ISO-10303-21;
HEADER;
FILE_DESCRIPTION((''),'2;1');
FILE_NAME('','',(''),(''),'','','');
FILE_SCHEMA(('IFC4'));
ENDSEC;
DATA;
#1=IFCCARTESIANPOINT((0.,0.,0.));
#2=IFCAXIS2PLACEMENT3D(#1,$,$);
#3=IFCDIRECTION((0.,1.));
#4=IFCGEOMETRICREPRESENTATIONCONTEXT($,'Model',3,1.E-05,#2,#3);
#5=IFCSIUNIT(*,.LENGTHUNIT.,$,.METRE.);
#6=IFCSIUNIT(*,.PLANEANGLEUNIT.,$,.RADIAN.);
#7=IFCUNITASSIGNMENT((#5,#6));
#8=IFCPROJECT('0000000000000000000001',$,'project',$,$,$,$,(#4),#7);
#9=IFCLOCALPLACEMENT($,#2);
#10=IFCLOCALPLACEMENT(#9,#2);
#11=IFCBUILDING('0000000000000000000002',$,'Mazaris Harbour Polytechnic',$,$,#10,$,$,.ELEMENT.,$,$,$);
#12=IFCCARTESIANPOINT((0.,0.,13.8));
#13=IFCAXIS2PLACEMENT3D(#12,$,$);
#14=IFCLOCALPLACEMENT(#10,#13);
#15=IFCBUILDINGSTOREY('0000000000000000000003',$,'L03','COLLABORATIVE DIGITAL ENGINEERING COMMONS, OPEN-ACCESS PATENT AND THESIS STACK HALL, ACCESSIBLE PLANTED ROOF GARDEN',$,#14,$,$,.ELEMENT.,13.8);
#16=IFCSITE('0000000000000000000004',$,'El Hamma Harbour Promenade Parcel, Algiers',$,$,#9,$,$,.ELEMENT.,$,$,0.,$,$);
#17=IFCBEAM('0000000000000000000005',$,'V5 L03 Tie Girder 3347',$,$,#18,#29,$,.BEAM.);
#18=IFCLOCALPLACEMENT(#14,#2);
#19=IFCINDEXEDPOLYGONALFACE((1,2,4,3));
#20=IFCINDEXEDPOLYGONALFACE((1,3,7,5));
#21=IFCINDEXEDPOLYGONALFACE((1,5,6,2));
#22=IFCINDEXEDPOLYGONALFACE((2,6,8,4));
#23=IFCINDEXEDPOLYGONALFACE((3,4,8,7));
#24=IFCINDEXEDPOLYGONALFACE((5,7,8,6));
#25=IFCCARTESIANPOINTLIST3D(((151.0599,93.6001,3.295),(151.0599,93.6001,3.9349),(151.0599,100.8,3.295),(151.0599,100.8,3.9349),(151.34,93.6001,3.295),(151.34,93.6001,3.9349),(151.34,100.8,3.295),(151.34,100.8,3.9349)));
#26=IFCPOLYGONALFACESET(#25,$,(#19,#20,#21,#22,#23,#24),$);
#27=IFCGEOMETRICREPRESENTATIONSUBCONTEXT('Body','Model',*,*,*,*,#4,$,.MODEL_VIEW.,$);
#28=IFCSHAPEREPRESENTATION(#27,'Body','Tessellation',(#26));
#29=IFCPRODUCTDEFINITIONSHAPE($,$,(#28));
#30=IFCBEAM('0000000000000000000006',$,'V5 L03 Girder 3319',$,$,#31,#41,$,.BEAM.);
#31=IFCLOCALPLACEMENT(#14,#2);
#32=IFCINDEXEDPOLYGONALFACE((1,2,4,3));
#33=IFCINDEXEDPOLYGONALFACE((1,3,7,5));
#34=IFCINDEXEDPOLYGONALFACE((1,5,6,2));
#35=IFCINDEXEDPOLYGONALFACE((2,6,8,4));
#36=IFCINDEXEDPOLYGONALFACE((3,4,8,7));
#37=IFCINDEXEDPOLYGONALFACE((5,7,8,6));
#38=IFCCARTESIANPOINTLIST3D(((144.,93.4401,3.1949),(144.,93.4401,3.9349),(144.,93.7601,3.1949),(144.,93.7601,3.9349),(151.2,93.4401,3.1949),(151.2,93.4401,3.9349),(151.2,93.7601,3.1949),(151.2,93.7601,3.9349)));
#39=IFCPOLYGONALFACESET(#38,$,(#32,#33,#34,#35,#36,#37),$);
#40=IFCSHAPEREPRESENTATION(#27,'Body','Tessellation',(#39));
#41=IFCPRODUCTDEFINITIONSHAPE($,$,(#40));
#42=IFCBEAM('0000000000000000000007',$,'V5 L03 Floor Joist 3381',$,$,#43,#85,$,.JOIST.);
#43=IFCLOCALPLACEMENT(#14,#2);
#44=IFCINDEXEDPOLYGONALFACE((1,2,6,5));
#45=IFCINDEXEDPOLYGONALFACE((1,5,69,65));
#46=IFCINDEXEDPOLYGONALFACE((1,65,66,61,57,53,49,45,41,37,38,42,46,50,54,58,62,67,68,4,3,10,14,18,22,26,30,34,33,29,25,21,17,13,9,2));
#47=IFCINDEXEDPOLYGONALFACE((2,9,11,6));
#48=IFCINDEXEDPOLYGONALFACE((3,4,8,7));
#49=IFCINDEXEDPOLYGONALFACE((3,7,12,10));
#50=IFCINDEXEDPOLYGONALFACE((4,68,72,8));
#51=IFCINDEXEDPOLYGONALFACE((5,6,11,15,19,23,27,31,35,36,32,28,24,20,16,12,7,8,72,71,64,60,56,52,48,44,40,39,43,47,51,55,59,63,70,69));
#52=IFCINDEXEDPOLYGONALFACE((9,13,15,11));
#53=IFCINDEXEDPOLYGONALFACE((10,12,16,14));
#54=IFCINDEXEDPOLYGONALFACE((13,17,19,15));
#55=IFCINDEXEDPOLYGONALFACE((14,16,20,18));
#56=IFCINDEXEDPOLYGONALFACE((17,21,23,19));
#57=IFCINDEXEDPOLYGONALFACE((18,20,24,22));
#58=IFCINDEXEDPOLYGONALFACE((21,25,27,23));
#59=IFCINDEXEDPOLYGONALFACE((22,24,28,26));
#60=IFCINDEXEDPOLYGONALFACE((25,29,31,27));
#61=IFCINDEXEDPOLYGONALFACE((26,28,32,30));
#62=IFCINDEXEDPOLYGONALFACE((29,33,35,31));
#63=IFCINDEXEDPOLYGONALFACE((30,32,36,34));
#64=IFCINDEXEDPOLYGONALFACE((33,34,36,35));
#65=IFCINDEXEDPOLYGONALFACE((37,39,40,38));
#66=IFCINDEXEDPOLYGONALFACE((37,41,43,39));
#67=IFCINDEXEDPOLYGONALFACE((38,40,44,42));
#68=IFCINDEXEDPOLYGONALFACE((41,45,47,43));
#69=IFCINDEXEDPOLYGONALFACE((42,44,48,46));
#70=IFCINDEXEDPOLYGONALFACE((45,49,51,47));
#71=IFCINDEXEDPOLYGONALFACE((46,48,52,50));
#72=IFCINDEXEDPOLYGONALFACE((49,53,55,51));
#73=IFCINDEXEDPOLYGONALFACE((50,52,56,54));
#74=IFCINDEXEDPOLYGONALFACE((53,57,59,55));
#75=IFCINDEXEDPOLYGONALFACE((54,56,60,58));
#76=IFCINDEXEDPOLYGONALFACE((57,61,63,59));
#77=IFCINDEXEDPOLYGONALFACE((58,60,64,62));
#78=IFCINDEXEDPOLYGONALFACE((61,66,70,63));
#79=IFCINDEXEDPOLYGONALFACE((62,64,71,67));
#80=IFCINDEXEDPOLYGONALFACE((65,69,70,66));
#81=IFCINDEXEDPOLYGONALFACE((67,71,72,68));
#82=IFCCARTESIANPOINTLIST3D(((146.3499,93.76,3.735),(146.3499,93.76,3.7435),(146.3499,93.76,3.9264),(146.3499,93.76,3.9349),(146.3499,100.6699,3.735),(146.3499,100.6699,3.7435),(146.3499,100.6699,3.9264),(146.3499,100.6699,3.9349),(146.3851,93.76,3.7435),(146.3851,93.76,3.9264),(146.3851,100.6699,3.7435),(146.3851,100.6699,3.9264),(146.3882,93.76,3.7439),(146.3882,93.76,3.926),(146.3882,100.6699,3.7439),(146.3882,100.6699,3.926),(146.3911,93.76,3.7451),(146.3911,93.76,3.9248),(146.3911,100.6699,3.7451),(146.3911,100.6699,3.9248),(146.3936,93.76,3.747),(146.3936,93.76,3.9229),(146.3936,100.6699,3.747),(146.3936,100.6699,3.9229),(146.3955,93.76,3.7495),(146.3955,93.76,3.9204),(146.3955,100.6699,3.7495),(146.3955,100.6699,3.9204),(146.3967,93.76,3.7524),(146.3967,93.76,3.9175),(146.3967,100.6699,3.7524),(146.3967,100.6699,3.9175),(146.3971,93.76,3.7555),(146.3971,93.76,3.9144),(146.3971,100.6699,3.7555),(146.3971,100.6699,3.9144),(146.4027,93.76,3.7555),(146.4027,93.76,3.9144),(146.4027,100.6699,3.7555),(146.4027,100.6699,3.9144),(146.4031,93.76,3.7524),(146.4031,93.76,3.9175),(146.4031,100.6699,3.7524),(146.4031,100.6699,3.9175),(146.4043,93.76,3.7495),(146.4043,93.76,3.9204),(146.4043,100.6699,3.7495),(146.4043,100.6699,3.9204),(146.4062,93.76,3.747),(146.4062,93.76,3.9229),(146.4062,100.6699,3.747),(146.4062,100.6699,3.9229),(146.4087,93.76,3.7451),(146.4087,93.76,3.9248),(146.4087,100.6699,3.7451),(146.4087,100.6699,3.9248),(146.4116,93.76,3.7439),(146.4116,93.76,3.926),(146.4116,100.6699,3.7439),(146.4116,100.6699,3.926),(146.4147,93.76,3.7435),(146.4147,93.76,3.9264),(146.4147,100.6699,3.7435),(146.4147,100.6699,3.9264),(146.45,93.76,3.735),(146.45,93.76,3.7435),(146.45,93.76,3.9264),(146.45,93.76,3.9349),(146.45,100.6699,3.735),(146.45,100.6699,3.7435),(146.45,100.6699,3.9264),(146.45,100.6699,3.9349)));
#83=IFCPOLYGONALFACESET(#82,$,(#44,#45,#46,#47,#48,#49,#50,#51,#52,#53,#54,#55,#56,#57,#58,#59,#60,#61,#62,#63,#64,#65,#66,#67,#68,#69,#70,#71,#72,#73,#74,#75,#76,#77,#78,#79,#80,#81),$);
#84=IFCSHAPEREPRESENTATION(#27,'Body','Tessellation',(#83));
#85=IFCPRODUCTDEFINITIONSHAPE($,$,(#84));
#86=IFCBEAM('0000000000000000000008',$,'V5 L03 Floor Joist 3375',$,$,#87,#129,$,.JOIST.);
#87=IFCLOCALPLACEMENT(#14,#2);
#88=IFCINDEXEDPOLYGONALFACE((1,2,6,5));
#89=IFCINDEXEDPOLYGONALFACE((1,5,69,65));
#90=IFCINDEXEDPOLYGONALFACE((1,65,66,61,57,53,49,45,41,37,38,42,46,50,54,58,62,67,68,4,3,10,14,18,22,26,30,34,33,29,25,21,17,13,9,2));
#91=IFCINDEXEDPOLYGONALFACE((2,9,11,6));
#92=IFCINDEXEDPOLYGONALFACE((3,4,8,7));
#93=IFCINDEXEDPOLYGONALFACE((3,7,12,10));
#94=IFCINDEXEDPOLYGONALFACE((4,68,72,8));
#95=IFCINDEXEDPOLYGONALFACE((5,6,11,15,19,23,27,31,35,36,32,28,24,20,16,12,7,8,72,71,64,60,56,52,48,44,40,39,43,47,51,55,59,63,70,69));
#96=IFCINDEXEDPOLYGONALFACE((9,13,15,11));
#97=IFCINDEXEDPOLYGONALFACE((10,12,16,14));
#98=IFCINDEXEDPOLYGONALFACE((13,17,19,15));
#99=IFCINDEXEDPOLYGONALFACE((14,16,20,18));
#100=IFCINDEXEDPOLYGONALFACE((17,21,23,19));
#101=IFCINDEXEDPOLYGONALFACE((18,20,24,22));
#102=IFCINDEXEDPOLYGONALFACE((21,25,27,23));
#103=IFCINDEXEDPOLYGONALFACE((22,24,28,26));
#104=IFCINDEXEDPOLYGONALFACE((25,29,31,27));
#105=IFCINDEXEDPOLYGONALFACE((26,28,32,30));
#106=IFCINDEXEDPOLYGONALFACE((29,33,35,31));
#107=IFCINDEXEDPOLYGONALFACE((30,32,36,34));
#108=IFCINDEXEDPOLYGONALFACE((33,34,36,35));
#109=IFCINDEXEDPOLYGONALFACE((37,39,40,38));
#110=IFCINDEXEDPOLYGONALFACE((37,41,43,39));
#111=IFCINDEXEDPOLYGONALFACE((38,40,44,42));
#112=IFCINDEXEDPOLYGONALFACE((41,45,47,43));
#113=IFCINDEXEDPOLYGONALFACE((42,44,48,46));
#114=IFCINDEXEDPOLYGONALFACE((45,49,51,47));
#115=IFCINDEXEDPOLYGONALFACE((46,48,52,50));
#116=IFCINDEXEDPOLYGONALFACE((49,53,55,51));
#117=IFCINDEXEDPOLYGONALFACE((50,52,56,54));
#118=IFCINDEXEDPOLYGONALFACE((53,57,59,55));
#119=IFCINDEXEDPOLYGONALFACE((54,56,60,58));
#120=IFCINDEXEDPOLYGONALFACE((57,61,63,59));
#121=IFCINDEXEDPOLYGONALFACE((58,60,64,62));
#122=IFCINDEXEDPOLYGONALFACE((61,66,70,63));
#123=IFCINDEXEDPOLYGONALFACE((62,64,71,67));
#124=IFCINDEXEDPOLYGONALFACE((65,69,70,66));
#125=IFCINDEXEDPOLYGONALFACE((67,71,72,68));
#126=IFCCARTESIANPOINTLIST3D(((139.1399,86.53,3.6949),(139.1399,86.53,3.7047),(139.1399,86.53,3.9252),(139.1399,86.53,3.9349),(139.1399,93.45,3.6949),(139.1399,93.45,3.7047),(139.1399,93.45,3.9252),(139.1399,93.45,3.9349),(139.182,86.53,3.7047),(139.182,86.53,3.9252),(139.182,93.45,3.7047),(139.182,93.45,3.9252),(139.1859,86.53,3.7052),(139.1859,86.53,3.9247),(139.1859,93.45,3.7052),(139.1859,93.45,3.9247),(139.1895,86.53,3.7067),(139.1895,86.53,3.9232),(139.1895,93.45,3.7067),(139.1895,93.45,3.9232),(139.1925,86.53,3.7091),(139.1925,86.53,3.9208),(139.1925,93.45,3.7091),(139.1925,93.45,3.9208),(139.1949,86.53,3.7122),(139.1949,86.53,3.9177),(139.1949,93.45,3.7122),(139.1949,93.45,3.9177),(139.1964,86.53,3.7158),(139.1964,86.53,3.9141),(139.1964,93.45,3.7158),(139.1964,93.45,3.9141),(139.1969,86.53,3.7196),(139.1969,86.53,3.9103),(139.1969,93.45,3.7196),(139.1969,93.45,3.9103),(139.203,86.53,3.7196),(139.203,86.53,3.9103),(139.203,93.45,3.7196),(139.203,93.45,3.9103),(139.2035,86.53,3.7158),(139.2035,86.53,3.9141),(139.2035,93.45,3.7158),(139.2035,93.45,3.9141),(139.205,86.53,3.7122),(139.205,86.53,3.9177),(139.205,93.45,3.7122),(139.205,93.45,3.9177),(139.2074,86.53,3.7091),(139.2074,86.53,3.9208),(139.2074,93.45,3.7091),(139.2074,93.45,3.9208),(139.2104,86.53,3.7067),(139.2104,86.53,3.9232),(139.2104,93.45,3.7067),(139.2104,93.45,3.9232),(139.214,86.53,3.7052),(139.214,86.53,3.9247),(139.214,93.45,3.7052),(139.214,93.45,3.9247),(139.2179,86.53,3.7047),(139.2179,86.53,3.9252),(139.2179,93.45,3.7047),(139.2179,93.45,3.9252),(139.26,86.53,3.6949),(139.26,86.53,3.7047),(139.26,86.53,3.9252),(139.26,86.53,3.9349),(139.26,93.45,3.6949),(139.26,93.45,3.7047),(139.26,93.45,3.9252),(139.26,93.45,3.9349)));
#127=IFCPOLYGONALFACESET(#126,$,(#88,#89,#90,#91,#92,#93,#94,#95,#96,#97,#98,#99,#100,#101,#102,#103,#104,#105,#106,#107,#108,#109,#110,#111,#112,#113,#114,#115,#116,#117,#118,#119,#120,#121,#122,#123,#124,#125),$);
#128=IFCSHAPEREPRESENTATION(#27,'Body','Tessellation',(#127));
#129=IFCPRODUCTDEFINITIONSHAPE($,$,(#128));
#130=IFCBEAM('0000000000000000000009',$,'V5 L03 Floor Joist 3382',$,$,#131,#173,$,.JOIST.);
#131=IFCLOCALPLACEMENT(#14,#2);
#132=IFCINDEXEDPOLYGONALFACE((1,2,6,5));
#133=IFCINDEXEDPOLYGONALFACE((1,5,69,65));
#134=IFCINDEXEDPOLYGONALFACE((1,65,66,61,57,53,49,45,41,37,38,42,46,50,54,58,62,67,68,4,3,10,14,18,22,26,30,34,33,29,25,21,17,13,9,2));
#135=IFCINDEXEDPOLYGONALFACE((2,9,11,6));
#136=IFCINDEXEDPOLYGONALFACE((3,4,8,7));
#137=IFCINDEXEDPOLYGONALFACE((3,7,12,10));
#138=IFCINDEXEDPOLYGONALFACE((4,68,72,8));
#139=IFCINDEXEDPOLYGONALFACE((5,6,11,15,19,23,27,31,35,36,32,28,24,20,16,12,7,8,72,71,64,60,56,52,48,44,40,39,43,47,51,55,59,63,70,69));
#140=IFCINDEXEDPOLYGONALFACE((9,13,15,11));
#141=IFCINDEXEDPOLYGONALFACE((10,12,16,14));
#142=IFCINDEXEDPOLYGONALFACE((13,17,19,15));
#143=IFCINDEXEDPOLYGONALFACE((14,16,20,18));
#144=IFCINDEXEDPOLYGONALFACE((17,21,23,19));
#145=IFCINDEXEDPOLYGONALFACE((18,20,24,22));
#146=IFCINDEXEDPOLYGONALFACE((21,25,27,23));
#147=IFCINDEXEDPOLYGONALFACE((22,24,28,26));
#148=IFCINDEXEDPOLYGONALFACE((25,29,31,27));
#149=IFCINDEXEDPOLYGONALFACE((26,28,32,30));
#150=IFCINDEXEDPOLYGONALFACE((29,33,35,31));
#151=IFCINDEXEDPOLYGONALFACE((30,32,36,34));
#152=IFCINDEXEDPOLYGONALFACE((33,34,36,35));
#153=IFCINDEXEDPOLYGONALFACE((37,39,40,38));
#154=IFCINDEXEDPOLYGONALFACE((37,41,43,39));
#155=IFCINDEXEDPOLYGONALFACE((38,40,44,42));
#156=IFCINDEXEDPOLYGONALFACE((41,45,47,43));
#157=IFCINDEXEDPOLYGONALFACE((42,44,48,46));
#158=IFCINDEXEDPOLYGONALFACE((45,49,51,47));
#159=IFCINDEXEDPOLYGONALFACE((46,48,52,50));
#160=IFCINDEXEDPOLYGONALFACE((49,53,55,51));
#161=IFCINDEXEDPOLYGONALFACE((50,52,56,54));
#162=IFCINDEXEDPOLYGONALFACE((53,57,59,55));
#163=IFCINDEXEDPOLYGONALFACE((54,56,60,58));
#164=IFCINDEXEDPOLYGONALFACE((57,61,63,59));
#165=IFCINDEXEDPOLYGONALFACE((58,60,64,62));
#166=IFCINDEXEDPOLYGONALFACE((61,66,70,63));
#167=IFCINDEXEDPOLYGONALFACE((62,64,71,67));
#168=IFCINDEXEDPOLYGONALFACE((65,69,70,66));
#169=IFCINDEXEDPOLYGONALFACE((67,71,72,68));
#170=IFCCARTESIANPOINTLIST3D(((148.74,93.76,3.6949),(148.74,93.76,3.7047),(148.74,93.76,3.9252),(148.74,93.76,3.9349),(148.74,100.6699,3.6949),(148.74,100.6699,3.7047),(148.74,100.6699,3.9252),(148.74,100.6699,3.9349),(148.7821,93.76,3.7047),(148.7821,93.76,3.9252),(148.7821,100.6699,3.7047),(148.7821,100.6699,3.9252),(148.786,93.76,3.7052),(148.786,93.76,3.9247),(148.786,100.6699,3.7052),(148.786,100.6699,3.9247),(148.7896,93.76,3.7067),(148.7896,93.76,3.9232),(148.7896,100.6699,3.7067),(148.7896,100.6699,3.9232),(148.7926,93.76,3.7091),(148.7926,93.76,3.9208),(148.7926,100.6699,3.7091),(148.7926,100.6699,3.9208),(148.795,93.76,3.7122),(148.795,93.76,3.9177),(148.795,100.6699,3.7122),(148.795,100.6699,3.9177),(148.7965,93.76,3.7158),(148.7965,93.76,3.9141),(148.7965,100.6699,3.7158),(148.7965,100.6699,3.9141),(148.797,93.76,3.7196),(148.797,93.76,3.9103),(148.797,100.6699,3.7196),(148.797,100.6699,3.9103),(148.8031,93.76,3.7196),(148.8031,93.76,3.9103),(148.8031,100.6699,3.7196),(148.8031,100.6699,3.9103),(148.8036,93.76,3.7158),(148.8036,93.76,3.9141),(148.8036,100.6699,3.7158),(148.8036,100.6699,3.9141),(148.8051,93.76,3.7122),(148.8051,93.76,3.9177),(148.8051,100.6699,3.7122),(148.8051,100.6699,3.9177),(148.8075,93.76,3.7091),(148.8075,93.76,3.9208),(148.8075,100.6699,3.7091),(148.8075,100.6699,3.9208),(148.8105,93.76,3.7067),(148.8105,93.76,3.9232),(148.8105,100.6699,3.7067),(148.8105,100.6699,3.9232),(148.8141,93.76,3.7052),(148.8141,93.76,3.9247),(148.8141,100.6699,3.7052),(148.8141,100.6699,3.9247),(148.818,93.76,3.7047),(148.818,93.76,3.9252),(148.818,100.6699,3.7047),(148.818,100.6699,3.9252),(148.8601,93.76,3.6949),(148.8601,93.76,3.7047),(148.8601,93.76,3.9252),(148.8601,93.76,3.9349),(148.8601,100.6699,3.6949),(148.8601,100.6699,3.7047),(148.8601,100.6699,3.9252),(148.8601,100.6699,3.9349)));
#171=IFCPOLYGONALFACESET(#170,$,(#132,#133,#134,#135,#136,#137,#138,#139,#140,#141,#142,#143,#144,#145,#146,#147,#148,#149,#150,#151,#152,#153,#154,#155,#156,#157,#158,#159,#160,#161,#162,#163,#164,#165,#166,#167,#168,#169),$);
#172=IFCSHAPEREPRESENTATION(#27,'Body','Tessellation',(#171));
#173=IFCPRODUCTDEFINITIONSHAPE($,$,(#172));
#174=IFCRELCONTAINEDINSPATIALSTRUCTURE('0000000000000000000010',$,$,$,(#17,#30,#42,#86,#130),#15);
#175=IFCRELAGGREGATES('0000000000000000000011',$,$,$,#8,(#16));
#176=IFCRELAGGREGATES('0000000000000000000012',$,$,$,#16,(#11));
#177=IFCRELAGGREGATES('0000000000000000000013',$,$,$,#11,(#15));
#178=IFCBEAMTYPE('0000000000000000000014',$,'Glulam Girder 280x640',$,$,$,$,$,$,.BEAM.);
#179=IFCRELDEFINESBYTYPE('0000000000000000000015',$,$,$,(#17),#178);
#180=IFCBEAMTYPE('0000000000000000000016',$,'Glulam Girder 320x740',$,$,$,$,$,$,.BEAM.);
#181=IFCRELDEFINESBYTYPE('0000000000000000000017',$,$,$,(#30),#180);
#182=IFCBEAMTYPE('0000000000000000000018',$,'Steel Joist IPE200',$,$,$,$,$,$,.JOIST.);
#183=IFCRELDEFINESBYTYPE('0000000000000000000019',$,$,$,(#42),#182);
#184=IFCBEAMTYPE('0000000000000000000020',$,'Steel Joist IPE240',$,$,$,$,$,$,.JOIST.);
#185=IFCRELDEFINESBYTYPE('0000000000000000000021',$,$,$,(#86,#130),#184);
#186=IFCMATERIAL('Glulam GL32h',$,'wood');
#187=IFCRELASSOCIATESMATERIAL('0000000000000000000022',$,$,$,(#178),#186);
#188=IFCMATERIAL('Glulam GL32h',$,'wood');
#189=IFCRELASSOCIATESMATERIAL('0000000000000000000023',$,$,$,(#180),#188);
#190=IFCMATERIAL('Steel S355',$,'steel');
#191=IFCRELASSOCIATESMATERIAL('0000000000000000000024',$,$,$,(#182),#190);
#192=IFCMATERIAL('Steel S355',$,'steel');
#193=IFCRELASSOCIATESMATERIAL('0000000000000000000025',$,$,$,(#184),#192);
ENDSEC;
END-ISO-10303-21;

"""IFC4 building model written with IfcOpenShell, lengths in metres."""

from ifc_helpers import new_model, si_unit, direction, frame, origin, origin_2d, place, context, subcontext, project, spatial, rectangle, i_section, extrude, material, material_profile, profile_set, type_object, element, save


model = new_model("IFC4")

# Units and contexts
model_context = context("Model", 3, precision=1e-05, world=origin(), true_north=direction((0.0, 1.0)))
body_context = subcontext(model_context, "Body", "Model", "MODEL_VIEW")
ifc_project = project(units=[si_unit("LENGTHUNIT", "METRE"), si_unit("PLANEANGLEUNIT", "RADIAN")], contexts=[model_context])

# Site, building, storey
site_placement = place(None, origin())
site = spatial("IfcSite", under=ifc_project, at=site_placement, Name="El Hamma Harbour Promenade Parcel, Algiers", CompositionType="ELEMENT", RefElevation=0.0)
building_placement = place(site_placement, origin())
building = spatial("IfcBuilding", under=site, at=building_placement, Name="Mazaris Harbour Polytechnic", CompositionType="ELEMENT")
storey_placement = place(building_placement, frame((0.0, 0.0, 13.8)))
storey = spatial("IfcBuildingStorey", under=building, at=storey_placement, Name="L03", Description="COLLABORATIVE DIGITAL ENGINEERING COMMONS, OPEN-ACCESS PATENT AND THESIS STACK HALL, ACCESSIBLE PLANTED ROOF GARDEN", CompositionType="ELEMENT", Elevation=13.8)

# Beams
ifc_material_1 = material(Name="Glulam GL32h", Category="wood")
ifc_material_profile_1 = material_profile(ifc_material_1, rectangle(XDim=0.28, YDim=0.6399, at=origin_2d()), Name="RECT280x640")
ifc_profile_set_1 = profile_set([ifc_material_profile_1], Name="Glulam GL32h")
beam_type_1 = type_object("IfcBeamType", Name="Glulam Girder 280x640", PredefinedType="BEAM", material=ifc_profile_set_1)
beam_1_placement = place(storey_placement, frame((151.2, 93.6001, 3.615), z_axis=(0.0, 1.0, 0.0), x_axis=(-1.0, 0.0, 0.0)))
element("IfcBeam", 1, at=beam_1_placement, inside=storey, type_object=beam_type_1, Name="V5 L03 Tie Girder 3347", PredefinedType="BEAM", context=body_context, shape_type="SweptSolid", body=[
    extrude(rectangle(XDim=0.28, YDim=0.6399, at=origin_2d()), origin(), (0.0, 0.0, 1.0), 7.2),
])
ifc_material_2 = material(Name="Glulam GL32h", Category="wood")
ifc_material_profile_2 = material_profile(ifc_material_2, rectangle(XDim=0.3201, YDim=0.74, at=origin_2d()), Name="RECT320x740")
ifc_profile_set_2 = profile_set([ifc_material_profile_2], Name="Glulam GL32h")
beam_type_2 = type_object("IfcBeamType", Name="Glulam Girder 320x740", PredefinedType="BEAM", material=ifc_profile_set_2)
beam_2_placement = place(storey_placement, frame((144.0, 93.6001, 3.5649), z_axis=(1.0, 0.0, 0.0), x_axis=(0.0, 1.0, 0.0)))
element("IfcBeam", 2, at=beam_2_placement, inside=storey, type_object=beam_type_2, Name="V5 L03 Girder 3319", PredefinedType="BEAM", context=body_context, shape_type="SweptSolid", body=[
    extrude(rectangle(XDim=0.3201, YDim=0.74, at=origin_2d()), origin(), (0.0, 0.0, 1.0), 7.2),
])
ifc_material_3 = material(Name="Steel S355", Category="steel")
ifc_material_profile_3 = material_profile(ifc_material_3, i_section(OverallWidth=0.1001, OverallDepth=0.2, WebThickness=0.0056, FlangeThickness=0.0085, FilletRadius=0.012, at=origin_2d()), Name="IPE 200")
ifc_profile_set_3 = profile_set([ifc_material_profile_3], Name="Steel S355")
beam_type_3 = type_object("IfcBeamType", Name="Steel Joist IPE200", PredefinedType="JOIST", material=ifc_profile_set_3)
beam_3_placement = place(storey_placement, frame((146.3999, 93.76, 3.835), z_axis=(0.0, 1.0, 0.0), x_axis=(-1.0, 0.0, 0.0)))
element("IfcBeam", 3, at=beam_3_placement, inside=storey, type_object=beam_type_3, Name="V5 L03 Floor Joist 3381", PredefinedType="JOIST", context=body_context, shape_type="SweptSolid", body=[
    extrude(i_section(OverallWidth=0.1001, OverallDepth=0.2, WebThickness=0.0056, FlangeThickness=0.0085, FilletRadius=0.012, at=origin_2d()), origin(), (0.0, 0.0, 1.0), 6.9099),
])
ifc_material_4 = material(Name="Steel S355", Category="steel")
ifc_material_profile_4 = material_profile(ifc_material_4, i_section(OverallWidth=0.1201, OverallDepth=0.24, WebThickness=0.0061, FlangeThickness=0.0098, FilletRadius=0.0149, at=origin_2d()), Name="IPE 240")
ifc_profile_set_4 = profile_set([ifc_material_profile_4], Name="Steel S355")
beam_type_4 = type_object("IfcBeamType", Name="Steel Joist IPE240", PredefinedType="JOIST", material=ifc_profile_set_4)
beam_4_placement = place(storey_placement, frame((139.2, 86.53, 3.8149), z_axis=(0.0, 1.0, 0.0), x_axis=(-1.0, 0.0, 0.0)))
element("IfcBeam", 4, at=beam_4_placement, inside=storey, type_object=beam_type_4, Name="V5 L03 Floor Joist 3375", PredefinedType="JOIST", context=body_context, shape_type="SweptSolid", body=[
    extrude(i_section(OverallWidth=0.1201, OverallDepth=0.24, WebThickness=0.0061, FlangeThickness=0.0098, FilletRadius=0.0149, at=origin_2d()), origin(), (0.0, 0.0, 1.0), 6.9199),
])
beam_5_placement = place(storey_placement, frame((148.8, 93.76, 3.8149), z_axis=(0.0, 1.0, 0.0), x_axis=(-1.0, 0.0, 0.0)))
element("IfcBeam", 5, at=beam_5_placement, inside=storey, type_object=beam_type_4, Name="V5 L03 Floor Joist 3382", PredefinedType="JOIST", context=body_context, shape_type="SweptSolid", body=[
    extrude(i_section(OverallWidth=0.1201, OverallDepth=0.24, WebThickness=0.0061, FlangeThickness=0.0098, FilletRadius=0.0149, at=origin_2d()), origin(), (0.0, 0.0, 1.0), 6.9099),
])

save(model, "model.ifc")
